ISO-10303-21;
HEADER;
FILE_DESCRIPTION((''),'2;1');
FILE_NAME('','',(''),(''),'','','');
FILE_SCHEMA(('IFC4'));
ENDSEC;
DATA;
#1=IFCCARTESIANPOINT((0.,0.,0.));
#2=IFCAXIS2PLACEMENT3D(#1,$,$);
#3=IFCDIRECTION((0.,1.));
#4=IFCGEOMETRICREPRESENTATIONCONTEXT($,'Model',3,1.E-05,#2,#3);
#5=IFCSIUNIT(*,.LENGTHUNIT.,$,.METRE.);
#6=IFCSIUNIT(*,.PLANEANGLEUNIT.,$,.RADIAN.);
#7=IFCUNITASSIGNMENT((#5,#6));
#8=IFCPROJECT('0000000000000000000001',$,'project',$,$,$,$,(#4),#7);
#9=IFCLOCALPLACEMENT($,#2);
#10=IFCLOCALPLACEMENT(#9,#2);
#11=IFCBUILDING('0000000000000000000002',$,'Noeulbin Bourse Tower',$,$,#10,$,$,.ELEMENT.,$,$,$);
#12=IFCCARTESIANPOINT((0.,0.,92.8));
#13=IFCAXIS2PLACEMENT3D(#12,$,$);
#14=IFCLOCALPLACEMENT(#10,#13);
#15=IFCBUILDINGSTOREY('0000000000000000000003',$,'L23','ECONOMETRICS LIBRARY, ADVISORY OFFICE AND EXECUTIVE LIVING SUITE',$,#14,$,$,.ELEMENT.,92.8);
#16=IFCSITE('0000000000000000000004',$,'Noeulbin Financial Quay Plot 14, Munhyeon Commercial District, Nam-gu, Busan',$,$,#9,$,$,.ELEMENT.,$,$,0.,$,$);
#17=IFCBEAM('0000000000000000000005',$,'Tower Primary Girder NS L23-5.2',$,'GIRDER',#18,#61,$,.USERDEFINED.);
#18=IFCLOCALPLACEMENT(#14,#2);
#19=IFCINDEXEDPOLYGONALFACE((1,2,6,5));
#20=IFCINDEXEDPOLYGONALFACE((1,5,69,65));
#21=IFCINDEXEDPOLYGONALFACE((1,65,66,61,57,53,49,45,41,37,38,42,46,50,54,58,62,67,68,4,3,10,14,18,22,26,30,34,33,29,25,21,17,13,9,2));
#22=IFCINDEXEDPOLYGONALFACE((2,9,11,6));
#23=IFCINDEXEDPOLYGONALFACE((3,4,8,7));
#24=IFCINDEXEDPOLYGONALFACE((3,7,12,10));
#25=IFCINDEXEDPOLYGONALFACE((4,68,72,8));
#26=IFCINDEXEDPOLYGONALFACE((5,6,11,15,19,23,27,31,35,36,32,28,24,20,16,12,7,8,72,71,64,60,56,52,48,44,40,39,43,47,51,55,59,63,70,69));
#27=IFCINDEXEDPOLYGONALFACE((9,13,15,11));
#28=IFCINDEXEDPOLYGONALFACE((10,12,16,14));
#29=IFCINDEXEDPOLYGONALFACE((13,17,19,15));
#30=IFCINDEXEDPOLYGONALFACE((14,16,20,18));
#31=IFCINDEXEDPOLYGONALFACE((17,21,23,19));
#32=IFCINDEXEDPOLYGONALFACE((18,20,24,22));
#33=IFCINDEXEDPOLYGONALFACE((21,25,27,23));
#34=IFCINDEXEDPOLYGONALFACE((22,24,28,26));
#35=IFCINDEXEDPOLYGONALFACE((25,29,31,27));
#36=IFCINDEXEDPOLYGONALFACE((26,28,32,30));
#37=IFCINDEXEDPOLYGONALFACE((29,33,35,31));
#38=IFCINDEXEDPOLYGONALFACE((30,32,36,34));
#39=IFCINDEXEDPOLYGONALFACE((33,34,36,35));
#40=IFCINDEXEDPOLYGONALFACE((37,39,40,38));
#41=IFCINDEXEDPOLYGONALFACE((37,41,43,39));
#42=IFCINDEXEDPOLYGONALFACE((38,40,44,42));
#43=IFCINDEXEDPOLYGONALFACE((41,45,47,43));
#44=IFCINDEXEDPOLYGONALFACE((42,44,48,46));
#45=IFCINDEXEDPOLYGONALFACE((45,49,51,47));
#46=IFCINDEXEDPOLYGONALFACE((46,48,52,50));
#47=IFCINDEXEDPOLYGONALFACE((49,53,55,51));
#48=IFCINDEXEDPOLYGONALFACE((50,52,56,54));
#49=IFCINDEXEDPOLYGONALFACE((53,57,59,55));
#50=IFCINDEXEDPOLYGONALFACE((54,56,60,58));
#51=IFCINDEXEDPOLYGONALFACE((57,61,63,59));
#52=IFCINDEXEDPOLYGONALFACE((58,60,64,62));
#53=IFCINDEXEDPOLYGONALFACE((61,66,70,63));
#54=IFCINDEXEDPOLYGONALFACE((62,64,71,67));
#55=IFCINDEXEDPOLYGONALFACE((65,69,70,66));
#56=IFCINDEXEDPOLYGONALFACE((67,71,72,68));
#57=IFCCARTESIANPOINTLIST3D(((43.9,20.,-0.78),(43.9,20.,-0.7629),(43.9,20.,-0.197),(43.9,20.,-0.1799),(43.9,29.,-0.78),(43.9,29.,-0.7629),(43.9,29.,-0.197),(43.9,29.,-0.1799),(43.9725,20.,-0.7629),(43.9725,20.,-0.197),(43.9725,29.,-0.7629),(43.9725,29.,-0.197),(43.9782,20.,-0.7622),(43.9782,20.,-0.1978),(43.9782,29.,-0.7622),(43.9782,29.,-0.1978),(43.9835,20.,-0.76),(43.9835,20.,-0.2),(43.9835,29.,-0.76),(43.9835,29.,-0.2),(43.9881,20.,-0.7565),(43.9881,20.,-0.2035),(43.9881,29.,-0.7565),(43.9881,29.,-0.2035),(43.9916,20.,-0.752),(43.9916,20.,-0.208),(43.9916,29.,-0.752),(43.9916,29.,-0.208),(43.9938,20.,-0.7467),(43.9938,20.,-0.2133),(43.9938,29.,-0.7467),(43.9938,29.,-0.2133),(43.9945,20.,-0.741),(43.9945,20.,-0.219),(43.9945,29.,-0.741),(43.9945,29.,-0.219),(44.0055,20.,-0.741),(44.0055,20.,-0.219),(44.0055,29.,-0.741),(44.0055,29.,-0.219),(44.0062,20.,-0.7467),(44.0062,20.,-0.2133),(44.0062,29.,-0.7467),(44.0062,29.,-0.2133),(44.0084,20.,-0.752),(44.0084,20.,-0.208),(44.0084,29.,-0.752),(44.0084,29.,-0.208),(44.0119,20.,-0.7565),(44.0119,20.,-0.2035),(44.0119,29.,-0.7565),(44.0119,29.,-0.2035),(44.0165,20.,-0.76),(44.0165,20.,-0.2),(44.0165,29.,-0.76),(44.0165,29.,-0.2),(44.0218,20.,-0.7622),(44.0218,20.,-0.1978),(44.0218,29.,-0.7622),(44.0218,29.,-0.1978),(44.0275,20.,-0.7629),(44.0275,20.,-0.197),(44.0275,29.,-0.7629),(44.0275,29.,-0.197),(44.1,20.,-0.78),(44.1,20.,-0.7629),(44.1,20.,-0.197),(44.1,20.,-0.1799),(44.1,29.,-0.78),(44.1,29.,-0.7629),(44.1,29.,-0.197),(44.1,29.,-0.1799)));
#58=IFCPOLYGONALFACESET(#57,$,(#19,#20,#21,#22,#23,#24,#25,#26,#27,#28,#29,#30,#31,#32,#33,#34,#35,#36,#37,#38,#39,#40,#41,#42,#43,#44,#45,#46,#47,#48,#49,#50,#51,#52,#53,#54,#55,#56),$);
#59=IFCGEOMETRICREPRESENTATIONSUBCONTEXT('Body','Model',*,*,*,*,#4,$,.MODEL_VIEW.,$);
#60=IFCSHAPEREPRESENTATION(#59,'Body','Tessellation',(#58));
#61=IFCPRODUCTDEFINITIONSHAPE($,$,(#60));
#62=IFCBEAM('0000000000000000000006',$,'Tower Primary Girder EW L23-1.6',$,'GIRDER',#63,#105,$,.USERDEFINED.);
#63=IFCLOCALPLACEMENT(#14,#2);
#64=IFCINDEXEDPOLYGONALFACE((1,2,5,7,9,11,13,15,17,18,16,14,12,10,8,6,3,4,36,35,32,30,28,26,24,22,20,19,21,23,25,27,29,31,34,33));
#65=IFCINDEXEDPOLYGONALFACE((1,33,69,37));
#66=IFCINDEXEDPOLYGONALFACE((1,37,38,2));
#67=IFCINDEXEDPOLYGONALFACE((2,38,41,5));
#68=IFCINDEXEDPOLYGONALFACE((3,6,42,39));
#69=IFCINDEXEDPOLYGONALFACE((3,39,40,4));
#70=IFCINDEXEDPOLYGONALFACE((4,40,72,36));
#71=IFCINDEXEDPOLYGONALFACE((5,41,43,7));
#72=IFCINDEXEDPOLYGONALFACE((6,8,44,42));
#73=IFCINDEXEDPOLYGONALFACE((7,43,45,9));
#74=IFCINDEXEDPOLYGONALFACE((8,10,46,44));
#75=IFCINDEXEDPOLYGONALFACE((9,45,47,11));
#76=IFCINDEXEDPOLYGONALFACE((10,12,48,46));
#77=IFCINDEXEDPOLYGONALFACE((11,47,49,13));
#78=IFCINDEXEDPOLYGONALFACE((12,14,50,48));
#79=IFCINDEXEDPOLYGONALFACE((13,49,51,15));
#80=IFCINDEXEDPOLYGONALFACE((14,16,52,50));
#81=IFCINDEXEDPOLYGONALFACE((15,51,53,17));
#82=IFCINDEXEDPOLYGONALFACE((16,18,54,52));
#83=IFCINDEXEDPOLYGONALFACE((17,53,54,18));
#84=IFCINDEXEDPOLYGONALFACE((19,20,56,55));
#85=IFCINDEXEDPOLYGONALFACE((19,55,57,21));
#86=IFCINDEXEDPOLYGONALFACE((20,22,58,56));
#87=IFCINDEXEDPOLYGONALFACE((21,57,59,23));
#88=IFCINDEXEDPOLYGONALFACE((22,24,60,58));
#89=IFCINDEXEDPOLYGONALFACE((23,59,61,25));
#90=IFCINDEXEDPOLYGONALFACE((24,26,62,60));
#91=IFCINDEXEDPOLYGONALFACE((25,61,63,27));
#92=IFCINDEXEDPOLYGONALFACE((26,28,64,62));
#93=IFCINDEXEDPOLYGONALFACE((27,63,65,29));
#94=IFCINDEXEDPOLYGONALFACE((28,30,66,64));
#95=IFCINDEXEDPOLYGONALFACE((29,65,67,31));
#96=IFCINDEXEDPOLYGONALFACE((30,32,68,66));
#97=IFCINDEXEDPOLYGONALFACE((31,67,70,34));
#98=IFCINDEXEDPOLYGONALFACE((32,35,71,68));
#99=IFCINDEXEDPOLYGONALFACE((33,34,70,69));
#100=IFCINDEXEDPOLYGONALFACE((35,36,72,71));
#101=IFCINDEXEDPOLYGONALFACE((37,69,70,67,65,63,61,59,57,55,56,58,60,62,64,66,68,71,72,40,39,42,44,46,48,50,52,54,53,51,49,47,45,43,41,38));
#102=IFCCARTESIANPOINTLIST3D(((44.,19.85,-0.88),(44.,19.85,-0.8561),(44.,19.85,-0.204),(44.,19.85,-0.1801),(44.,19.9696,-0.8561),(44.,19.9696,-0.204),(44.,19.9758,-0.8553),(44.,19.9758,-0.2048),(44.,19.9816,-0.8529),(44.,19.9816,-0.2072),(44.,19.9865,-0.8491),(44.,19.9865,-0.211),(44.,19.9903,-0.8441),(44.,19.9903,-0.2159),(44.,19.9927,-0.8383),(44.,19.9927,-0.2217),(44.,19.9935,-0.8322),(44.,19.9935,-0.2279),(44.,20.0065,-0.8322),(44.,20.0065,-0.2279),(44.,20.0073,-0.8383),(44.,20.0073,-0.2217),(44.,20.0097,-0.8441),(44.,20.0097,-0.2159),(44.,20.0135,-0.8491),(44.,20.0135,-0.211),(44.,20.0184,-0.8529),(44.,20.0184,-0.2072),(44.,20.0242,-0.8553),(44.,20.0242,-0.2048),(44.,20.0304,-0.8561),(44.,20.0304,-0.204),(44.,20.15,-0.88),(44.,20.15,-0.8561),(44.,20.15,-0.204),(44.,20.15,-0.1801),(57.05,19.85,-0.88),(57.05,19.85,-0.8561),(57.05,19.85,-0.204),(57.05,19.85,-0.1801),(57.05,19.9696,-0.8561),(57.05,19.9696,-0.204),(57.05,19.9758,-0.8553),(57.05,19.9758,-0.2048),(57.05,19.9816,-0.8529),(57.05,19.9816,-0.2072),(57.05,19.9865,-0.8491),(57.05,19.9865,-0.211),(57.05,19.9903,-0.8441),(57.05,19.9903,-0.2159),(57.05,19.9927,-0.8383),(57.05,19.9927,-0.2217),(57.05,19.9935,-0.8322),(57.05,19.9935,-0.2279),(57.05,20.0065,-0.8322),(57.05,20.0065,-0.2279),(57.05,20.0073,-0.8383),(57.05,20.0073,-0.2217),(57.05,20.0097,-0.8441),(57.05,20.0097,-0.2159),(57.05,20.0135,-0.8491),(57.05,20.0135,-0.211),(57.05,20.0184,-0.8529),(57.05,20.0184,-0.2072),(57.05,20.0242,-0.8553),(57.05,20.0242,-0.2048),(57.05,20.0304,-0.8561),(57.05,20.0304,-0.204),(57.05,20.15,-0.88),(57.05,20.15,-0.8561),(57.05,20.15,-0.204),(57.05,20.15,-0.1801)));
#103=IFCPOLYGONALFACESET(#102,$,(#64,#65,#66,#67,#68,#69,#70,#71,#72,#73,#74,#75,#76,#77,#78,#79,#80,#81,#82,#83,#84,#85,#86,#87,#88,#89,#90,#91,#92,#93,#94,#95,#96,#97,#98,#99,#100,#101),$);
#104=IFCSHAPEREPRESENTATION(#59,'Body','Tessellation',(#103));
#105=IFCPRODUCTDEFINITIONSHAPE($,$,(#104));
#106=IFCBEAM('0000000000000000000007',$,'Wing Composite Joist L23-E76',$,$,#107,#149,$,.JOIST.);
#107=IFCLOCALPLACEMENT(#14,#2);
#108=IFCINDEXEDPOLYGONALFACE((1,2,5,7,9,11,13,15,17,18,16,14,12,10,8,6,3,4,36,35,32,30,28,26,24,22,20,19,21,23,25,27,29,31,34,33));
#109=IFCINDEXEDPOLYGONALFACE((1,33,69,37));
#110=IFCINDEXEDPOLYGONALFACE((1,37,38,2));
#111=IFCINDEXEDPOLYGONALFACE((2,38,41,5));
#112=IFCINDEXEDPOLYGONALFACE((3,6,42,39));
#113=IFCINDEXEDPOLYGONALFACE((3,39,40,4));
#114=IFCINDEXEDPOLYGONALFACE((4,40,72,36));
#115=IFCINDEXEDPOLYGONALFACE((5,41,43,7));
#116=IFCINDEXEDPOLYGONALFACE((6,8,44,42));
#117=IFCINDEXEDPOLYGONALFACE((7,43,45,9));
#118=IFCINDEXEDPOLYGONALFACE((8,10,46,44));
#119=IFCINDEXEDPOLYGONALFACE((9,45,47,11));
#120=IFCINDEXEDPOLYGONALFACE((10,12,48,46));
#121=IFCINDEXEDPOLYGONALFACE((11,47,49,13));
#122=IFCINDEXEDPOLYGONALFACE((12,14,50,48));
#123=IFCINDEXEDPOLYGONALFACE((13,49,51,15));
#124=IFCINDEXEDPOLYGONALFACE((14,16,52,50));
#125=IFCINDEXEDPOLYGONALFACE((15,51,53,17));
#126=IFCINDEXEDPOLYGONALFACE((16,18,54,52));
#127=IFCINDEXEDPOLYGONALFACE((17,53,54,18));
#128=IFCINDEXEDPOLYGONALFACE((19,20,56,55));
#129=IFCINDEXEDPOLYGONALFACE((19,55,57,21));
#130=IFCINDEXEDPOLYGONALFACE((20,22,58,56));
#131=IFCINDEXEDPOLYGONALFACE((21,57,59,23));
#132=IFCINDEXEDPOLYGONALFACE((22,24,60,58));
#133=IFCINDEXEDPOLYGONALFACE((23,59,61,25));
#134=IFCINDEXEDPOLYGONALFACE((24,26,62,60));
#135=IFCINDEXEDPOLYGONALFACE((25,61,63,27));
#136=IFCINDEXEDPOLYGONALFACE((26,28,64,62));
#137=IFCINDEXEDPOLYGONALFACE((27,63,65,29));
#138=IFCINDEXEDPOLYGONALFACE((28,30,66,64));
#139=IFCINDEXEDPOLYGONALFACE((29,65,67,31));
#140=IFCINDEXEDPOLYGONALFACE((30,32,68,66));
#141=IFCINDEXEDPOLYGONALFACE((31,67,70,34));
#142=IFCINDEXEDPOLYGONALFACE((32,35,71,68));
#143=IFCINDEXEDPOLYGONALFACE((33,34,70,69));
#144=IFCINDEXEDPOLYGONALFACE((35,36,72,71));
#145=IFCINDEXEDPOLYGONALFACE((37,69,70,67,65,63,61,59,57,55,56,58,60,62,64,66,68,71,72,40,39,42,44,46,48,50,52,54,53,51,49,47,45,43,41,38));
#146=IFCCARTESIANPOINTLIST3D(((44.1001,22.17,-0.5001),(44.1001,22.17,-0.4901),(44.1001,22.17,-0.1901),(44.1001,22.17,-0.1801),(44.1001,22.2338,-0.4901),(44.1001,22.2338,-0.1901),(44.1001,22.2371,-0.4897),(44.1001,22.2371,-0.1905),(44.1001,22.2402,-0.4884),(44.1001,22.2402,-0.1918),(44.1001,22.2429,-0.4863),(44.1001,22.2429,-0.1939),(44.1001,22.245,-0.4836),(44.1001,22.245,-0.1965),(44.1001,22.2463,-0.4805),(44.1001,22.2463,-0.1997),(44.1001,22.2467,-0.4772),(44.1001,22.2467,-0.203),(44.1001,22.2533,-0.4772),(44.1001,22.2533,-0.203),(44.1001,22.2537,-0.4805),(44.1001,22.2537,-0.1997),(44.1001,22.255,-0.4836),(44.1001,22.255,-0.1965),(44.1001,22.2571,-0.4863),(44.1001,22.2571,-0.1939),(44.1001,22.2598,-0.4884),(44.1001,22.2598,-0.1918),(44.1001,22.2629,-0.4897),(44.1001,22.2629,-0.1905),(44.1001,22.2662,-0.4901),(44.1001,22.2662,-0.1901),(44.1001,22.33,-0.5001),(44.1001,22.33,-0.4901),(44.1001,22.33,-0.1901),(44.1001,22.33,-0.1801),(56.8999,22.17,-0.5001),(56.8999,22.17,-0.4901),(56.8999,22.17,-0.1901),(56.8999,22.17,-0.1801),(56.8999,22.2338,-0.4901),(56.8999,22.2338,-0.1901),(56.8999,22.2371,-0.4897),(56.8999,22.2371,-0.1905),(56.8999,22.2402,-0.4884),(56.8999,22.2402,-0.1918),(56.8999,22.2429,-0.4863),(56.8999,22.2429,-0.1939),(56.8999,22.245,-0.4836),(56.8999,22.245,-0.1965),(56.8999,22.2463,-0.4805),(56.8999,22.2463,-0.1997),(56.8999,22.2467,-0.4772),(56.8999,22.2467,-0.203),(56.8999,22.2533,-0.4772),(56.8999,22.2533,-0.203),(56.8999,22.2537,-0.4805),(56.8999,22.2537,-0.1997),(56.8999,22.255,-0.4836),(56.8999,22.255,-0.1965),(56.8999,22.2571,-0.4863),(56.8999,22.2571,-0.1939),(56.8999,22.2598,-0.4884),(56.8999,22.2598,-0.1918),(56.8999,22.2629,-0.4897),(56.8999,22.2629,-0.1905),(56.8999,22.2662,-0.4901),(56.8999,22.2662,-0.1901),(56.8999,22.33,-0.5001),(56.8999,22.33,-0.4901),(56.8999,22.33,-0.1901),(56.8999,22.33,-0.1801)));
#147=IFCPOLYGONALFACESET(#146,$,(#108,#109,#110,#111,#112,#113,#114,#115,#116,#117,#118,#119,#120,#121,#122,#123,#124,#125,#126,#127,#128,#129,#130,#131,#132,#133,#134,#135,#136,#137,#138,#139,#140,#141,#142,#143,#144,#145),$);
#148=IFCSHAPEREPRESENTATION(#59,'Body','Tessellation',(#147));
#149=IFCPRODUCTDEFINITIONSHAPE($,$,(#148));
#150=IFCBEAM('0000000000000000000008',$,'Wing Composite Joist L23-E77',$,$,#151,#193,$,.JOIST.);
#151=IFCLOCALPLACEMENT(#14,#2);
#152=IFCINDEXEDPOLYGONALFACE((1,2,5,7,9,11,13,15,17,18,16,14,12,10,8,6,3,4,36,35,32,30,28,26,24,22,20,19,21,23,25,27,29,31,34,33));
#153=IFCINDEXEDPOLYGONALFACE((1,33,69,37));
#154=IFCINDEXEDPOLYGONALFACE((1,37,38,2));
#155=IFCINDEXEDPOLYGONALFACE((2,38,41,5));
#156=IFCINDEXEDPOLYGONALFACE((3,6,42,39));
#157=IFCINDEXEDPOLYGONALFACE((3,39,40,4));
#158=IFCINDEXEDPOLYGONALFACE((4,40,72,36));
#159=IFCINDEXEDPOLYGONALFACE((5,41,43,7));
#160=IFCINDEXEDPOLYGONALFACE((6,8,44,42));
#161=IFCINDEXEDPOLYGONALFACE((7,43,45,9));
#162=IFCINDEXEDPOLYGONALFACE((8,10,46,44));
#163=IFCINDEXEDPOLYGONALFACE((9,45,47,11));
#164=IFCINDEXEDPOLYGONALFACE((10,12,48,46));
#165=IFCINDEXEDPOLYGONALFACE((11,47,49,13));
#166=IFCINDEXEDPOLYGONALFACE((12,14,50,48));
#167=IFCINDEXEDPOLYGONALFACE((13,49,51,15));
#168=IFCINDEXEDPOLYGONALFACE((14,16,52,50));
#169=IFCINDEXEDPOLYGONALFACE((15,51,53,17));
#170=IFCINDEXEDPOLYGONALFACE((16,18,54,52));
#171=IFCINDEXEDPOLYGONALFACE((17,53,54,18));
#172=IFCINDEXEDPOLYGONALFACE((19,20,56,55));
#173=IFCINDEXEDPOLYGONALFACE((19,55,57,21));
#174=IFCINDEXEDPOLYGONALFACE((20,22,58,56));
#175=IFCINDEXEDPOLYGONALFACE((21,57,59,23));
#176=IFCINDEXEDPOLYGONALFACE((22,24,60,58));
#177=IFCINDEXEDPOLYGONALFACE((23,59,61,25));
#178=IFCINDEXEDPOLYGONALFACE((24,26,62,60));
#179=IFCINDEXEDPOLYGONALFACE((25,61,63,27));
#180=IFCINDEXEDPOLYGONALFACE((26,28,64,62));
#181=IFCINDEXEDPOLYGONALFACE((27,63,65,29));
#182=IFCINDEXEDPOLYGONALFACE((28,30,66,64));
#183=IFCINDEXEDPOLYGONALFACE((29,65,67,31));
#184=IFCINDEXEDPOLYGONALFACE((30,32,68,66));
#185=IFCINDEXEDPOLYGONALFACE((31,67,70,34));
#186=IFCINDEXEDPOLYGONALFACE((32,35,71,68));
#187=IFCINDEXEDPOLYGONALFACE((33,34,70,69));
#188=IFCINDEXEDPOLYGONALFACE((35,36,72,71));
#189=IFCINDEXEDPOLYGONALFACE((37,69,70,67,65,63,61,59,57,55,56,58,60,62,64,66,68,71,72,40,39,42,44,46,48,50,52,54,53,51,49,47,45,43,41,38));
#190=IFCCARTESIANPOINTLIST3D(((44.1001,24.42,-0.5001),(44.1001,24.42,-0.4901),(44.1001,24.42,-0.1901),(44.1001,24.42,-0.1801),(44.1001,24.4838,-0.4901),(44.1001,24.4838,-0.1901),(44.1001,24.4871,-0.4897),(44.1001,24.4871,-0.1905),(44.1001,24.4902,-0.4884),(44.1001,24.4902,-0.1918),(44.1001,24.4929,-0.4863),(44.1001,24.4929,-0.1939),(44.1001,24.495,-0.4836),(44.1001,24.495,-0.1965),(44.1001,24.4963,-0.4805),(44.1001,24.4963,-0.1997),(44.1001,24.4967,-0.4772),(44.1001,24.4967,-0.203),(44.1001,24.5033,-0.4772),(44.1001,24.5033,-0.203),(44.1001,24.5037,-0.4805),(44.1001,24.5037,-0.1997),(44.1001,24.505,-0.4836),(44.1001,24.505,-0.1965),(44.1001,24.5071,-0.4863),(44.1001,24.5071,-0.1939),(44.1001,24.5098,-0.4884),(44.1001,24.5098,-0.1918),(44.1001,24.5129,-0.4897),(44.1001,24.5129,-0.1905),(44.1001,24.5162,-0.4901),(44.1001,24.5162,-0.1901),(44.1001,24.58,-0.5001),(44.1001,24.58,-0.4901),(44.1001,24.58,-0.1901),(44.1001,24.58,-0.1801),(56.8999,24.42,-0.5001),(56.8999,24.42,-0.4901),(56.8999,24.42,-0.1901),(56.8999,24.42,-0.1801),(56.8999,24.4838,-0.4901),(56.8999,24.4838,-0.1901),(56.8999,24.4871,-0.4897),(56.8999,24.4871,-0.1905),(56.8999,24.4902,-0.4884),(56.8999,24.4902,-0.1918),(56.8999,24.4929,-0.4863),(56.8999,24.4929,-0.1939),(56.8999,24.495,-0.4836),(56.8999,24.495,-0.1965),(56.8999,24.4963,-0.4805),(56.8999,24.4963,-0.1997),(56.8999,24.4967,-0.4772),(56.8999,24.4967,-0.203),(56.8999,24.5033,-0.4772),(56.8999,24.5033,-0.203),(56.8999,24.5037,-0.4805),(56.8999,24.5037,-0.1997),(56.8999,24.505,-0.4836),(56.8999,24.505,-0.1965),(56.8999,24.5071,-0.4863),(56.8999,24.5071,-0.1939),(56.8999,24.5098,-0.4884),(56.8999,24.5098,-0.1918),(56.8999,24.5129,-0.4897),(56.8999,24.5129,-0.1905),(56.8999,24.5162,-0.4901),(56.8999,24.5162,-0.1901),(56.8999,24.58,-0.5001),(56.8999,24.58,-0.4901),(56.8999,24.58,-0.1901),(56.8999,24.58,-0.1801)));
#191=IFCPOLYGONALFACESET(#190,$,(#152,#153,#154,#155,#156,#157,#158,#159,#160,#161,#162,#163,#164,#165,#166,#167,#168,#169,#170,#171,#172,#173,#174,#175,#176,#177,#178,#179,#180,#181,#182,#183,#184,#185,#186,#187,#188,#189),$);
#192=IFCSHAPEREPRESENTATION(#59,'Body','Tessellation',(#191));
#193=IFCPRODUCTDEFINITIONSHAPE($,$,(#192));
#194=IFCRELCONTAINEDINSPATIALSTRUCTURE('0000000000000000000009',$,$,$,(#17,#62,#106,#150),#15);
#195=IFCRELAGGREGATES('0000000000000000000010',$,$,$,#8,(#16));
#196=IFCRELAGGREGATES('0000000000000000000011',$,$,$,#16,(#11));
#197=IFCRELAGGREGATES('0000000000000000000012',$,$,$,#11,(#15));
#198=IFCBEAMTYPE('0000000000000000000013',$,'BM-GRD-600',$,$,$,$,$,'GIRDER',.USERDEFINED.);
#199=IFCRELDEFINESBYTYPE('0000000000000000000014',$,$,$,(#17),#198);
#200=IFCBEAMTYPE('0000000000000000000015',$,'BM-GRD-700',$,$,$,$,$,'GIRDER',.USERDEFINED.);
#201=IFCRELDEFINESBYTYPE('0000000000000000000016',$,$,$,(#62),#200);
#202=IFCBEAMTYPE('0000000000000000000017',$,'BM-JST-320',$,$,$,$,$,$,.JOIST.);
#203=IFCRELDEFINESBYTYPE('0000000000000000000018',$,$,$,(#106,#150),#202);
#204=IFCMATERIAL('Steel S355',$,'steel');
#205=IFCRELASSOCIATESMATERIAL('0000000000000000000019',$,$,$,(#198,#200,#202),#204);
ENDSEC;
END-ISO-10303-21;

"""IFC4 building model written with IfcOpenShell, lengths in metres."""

from ifc_helpers import new_model, si_unit, direction, frame, origin, origin_2d, place, context, subcontext, project, spatial, i_section, extrude, material, material_profile, profile_set, type_object, element, save


model = new_model("IFC4")

# Units and contexts
model_context = context("Model", 3, precision=1e-05, world=origin(), true_north=direction((0.0, 1.0)))
body_context = subcontext(model_context, "Body", "Model", "MODEL_VIEW")
ifc_project = project(units=[si_unit("LENGTHUNIT", "METRE"), si_unit("PLANEANGLEUNIT", "RADIAN")], contexts=[model_context])

# Site, building, storey
site_placement = place(None, origin())
site = spatial("IfcSite", under=ifc_project, at=site_placement, Name="Noeulbin Financial Quay Plot 14, Munhyeon Commercial District, Nam-gu, Busan", CompositionType="ELEMENT", RefElevation=0.0)
building_placement = place(site_placement, origin())
building = spatial("IfcBuilding", under=site, at=building_placement, Name="Noeulbin Bourse Tower", CompositionType="ELEMENT")
storey_placement = place(building_placement, frame((0.0, 0.0, 92.8)))
storey = spatial("IfcBuildingStorey", under=building, at=storey_placement, Name="L23", Description="ECONOMETRICS LIBRARY, ADVISORY OFFICE AND EXECUTIVE LIVING SUITE", CompositionType="ELEMENT", Elevation=92.8)

# Beams
ifc_material_1 = material(Name="Steel S355", Category="steel")
ifc_material_profile_1 = material_profile(ifc_material_1, i_section(OverallWidth=0.2, OverallDepth=0.6001, WebThickness=0.011, FlangeThickness=0.0171, FilletRadius=0.022, at=origin_2d()), Name="H-600x200x11x17", Category="LoadBearing")
ifc_profile_set_1 = profile_set([ifc_material_profile_1], Name="Steel S355")
beam_type_1 = type_object("IfcBeamType", Name="BM-GRD-600", ElementType="GIRDER", PredefinedType="USERDEFINED", material=ifc_profile_set_1)
beam_1_placement = place(storey_placement, frame((44.0, 20.0, -0.48), z_axis=(0.0, 1.0, 0.0), x_axis=(-1.0, 0.0, 0.0)))
element("IfcBeam", 1, at=beam_1_placement, inside=storey, type_object=beam_type_1, Name="Tower Primary Girder NS L23-5.2", ObjectType="GIRDER", PredefinedType="USERDEFINED", context=body_context, shape_type="SweptSolid", body=[
    extrude(i_section(OverallWidth=0.2, OverallDepth=0.6001, WebThickness=0.011, FlangeThickness=0.0171, FilletRadius=0.022, at=origin_2d()), origin(), (0.0, 0.0, 1.0), 9.0),
])
ifc_material_profile_2 = material_profile(ifc_material_1, i_section(OverallWidth=0.3, OverallDepth=0.7, WebThickness=0.0129, FlangeThickness=0.0239, FilletRadius=0.0239, at=origin_2d()), Name="H-700x300x13x24", Category="LoadBearing")
ifc_profile_set_2 = profile_set([ifc_material_profile_2], Name="Steel S355")
beam_type_2 = type_object("IfcBeamType", Name="BM-GRD-700", ElementType="GIRDER", PredefinedType="USERDEFINED", material=ifc_profile_set_2)
beam_2_placement = place(storey_placement, frame((44.0, 20.0, -0.53), z_axis=(1.0, 0.0, 0.0), x_axis=(0.0, 1.0, 0.0)))
element("IfcBeam", 2, at=beam_2_placement, inside=storey, type_object=beam_type_2, Name="Tower Primary Girder EW L23-1.6", ObjectType="GIRDER", PredefinedType="USERDEFINED", context=body_context, shape_type="SweptSolid", body=[
    extrude(i_section(OverallWidth=0.3, OverallDepth=0.7, WebThickness=0.0129, FlangeThickness=0.0239, FilletRadius=0.0239, at=origin_2d()), origin(), (0.0, 0.0, 1.0), 13.05),
])
ifc_material_profile_3 = material_profile(ifc_material_1, i_section(OverallWidth=0.1599, OverallDepth=0.3201, WebThickness=0.0066, FlangeThickness=0.01, FilletRadius=0.0129, at=origin_2d()), Name="H-320x160x6.5x10", Category="LoadBearing")
ifc_profile_set_3 = profile_set([ifc_material_profile_3], Name="Steel S355")
beam_type_3 = type_object("IfcBeamType", Name="BM-JST-320", PredefinedType="JOIST", material=ifc_profile_set_3)
for number, where, z_axis, x_axis, name in (
    (3, (44.1001, 22.25, -0.3401), (1.0, 0.0, 0.0), (0.0, 1.0, 0.0), "Wing Composite Joist L23-E76"),
    (4, (44.1001, 24.5, -0.3401), (1.0, 0.0, 0.0), (0.0, 1.0, 0.0), "Wing Composite Joist L23-E77"),
):
    element("IfcBeam", number, at=place(storey_placement, frame(where, z_axis=z_axis, x_axis=x_axis)), inside=storey, type_object=beam_type_3, Name=name, PredefinedType="JOIST", context=body_context, shape_type="SweptSolid", body=[
        extrude(i_section(OverallWidth=0.1599, OverallDepth=0.3201, WebThickness=0.0066, FlangeThickness=0.01, FilletRadius=0.0129, at=origin_2d()), origin(), (0.0, 0.0, 1.0), 12.7998),
    ])

save(model, "model.ifc")
